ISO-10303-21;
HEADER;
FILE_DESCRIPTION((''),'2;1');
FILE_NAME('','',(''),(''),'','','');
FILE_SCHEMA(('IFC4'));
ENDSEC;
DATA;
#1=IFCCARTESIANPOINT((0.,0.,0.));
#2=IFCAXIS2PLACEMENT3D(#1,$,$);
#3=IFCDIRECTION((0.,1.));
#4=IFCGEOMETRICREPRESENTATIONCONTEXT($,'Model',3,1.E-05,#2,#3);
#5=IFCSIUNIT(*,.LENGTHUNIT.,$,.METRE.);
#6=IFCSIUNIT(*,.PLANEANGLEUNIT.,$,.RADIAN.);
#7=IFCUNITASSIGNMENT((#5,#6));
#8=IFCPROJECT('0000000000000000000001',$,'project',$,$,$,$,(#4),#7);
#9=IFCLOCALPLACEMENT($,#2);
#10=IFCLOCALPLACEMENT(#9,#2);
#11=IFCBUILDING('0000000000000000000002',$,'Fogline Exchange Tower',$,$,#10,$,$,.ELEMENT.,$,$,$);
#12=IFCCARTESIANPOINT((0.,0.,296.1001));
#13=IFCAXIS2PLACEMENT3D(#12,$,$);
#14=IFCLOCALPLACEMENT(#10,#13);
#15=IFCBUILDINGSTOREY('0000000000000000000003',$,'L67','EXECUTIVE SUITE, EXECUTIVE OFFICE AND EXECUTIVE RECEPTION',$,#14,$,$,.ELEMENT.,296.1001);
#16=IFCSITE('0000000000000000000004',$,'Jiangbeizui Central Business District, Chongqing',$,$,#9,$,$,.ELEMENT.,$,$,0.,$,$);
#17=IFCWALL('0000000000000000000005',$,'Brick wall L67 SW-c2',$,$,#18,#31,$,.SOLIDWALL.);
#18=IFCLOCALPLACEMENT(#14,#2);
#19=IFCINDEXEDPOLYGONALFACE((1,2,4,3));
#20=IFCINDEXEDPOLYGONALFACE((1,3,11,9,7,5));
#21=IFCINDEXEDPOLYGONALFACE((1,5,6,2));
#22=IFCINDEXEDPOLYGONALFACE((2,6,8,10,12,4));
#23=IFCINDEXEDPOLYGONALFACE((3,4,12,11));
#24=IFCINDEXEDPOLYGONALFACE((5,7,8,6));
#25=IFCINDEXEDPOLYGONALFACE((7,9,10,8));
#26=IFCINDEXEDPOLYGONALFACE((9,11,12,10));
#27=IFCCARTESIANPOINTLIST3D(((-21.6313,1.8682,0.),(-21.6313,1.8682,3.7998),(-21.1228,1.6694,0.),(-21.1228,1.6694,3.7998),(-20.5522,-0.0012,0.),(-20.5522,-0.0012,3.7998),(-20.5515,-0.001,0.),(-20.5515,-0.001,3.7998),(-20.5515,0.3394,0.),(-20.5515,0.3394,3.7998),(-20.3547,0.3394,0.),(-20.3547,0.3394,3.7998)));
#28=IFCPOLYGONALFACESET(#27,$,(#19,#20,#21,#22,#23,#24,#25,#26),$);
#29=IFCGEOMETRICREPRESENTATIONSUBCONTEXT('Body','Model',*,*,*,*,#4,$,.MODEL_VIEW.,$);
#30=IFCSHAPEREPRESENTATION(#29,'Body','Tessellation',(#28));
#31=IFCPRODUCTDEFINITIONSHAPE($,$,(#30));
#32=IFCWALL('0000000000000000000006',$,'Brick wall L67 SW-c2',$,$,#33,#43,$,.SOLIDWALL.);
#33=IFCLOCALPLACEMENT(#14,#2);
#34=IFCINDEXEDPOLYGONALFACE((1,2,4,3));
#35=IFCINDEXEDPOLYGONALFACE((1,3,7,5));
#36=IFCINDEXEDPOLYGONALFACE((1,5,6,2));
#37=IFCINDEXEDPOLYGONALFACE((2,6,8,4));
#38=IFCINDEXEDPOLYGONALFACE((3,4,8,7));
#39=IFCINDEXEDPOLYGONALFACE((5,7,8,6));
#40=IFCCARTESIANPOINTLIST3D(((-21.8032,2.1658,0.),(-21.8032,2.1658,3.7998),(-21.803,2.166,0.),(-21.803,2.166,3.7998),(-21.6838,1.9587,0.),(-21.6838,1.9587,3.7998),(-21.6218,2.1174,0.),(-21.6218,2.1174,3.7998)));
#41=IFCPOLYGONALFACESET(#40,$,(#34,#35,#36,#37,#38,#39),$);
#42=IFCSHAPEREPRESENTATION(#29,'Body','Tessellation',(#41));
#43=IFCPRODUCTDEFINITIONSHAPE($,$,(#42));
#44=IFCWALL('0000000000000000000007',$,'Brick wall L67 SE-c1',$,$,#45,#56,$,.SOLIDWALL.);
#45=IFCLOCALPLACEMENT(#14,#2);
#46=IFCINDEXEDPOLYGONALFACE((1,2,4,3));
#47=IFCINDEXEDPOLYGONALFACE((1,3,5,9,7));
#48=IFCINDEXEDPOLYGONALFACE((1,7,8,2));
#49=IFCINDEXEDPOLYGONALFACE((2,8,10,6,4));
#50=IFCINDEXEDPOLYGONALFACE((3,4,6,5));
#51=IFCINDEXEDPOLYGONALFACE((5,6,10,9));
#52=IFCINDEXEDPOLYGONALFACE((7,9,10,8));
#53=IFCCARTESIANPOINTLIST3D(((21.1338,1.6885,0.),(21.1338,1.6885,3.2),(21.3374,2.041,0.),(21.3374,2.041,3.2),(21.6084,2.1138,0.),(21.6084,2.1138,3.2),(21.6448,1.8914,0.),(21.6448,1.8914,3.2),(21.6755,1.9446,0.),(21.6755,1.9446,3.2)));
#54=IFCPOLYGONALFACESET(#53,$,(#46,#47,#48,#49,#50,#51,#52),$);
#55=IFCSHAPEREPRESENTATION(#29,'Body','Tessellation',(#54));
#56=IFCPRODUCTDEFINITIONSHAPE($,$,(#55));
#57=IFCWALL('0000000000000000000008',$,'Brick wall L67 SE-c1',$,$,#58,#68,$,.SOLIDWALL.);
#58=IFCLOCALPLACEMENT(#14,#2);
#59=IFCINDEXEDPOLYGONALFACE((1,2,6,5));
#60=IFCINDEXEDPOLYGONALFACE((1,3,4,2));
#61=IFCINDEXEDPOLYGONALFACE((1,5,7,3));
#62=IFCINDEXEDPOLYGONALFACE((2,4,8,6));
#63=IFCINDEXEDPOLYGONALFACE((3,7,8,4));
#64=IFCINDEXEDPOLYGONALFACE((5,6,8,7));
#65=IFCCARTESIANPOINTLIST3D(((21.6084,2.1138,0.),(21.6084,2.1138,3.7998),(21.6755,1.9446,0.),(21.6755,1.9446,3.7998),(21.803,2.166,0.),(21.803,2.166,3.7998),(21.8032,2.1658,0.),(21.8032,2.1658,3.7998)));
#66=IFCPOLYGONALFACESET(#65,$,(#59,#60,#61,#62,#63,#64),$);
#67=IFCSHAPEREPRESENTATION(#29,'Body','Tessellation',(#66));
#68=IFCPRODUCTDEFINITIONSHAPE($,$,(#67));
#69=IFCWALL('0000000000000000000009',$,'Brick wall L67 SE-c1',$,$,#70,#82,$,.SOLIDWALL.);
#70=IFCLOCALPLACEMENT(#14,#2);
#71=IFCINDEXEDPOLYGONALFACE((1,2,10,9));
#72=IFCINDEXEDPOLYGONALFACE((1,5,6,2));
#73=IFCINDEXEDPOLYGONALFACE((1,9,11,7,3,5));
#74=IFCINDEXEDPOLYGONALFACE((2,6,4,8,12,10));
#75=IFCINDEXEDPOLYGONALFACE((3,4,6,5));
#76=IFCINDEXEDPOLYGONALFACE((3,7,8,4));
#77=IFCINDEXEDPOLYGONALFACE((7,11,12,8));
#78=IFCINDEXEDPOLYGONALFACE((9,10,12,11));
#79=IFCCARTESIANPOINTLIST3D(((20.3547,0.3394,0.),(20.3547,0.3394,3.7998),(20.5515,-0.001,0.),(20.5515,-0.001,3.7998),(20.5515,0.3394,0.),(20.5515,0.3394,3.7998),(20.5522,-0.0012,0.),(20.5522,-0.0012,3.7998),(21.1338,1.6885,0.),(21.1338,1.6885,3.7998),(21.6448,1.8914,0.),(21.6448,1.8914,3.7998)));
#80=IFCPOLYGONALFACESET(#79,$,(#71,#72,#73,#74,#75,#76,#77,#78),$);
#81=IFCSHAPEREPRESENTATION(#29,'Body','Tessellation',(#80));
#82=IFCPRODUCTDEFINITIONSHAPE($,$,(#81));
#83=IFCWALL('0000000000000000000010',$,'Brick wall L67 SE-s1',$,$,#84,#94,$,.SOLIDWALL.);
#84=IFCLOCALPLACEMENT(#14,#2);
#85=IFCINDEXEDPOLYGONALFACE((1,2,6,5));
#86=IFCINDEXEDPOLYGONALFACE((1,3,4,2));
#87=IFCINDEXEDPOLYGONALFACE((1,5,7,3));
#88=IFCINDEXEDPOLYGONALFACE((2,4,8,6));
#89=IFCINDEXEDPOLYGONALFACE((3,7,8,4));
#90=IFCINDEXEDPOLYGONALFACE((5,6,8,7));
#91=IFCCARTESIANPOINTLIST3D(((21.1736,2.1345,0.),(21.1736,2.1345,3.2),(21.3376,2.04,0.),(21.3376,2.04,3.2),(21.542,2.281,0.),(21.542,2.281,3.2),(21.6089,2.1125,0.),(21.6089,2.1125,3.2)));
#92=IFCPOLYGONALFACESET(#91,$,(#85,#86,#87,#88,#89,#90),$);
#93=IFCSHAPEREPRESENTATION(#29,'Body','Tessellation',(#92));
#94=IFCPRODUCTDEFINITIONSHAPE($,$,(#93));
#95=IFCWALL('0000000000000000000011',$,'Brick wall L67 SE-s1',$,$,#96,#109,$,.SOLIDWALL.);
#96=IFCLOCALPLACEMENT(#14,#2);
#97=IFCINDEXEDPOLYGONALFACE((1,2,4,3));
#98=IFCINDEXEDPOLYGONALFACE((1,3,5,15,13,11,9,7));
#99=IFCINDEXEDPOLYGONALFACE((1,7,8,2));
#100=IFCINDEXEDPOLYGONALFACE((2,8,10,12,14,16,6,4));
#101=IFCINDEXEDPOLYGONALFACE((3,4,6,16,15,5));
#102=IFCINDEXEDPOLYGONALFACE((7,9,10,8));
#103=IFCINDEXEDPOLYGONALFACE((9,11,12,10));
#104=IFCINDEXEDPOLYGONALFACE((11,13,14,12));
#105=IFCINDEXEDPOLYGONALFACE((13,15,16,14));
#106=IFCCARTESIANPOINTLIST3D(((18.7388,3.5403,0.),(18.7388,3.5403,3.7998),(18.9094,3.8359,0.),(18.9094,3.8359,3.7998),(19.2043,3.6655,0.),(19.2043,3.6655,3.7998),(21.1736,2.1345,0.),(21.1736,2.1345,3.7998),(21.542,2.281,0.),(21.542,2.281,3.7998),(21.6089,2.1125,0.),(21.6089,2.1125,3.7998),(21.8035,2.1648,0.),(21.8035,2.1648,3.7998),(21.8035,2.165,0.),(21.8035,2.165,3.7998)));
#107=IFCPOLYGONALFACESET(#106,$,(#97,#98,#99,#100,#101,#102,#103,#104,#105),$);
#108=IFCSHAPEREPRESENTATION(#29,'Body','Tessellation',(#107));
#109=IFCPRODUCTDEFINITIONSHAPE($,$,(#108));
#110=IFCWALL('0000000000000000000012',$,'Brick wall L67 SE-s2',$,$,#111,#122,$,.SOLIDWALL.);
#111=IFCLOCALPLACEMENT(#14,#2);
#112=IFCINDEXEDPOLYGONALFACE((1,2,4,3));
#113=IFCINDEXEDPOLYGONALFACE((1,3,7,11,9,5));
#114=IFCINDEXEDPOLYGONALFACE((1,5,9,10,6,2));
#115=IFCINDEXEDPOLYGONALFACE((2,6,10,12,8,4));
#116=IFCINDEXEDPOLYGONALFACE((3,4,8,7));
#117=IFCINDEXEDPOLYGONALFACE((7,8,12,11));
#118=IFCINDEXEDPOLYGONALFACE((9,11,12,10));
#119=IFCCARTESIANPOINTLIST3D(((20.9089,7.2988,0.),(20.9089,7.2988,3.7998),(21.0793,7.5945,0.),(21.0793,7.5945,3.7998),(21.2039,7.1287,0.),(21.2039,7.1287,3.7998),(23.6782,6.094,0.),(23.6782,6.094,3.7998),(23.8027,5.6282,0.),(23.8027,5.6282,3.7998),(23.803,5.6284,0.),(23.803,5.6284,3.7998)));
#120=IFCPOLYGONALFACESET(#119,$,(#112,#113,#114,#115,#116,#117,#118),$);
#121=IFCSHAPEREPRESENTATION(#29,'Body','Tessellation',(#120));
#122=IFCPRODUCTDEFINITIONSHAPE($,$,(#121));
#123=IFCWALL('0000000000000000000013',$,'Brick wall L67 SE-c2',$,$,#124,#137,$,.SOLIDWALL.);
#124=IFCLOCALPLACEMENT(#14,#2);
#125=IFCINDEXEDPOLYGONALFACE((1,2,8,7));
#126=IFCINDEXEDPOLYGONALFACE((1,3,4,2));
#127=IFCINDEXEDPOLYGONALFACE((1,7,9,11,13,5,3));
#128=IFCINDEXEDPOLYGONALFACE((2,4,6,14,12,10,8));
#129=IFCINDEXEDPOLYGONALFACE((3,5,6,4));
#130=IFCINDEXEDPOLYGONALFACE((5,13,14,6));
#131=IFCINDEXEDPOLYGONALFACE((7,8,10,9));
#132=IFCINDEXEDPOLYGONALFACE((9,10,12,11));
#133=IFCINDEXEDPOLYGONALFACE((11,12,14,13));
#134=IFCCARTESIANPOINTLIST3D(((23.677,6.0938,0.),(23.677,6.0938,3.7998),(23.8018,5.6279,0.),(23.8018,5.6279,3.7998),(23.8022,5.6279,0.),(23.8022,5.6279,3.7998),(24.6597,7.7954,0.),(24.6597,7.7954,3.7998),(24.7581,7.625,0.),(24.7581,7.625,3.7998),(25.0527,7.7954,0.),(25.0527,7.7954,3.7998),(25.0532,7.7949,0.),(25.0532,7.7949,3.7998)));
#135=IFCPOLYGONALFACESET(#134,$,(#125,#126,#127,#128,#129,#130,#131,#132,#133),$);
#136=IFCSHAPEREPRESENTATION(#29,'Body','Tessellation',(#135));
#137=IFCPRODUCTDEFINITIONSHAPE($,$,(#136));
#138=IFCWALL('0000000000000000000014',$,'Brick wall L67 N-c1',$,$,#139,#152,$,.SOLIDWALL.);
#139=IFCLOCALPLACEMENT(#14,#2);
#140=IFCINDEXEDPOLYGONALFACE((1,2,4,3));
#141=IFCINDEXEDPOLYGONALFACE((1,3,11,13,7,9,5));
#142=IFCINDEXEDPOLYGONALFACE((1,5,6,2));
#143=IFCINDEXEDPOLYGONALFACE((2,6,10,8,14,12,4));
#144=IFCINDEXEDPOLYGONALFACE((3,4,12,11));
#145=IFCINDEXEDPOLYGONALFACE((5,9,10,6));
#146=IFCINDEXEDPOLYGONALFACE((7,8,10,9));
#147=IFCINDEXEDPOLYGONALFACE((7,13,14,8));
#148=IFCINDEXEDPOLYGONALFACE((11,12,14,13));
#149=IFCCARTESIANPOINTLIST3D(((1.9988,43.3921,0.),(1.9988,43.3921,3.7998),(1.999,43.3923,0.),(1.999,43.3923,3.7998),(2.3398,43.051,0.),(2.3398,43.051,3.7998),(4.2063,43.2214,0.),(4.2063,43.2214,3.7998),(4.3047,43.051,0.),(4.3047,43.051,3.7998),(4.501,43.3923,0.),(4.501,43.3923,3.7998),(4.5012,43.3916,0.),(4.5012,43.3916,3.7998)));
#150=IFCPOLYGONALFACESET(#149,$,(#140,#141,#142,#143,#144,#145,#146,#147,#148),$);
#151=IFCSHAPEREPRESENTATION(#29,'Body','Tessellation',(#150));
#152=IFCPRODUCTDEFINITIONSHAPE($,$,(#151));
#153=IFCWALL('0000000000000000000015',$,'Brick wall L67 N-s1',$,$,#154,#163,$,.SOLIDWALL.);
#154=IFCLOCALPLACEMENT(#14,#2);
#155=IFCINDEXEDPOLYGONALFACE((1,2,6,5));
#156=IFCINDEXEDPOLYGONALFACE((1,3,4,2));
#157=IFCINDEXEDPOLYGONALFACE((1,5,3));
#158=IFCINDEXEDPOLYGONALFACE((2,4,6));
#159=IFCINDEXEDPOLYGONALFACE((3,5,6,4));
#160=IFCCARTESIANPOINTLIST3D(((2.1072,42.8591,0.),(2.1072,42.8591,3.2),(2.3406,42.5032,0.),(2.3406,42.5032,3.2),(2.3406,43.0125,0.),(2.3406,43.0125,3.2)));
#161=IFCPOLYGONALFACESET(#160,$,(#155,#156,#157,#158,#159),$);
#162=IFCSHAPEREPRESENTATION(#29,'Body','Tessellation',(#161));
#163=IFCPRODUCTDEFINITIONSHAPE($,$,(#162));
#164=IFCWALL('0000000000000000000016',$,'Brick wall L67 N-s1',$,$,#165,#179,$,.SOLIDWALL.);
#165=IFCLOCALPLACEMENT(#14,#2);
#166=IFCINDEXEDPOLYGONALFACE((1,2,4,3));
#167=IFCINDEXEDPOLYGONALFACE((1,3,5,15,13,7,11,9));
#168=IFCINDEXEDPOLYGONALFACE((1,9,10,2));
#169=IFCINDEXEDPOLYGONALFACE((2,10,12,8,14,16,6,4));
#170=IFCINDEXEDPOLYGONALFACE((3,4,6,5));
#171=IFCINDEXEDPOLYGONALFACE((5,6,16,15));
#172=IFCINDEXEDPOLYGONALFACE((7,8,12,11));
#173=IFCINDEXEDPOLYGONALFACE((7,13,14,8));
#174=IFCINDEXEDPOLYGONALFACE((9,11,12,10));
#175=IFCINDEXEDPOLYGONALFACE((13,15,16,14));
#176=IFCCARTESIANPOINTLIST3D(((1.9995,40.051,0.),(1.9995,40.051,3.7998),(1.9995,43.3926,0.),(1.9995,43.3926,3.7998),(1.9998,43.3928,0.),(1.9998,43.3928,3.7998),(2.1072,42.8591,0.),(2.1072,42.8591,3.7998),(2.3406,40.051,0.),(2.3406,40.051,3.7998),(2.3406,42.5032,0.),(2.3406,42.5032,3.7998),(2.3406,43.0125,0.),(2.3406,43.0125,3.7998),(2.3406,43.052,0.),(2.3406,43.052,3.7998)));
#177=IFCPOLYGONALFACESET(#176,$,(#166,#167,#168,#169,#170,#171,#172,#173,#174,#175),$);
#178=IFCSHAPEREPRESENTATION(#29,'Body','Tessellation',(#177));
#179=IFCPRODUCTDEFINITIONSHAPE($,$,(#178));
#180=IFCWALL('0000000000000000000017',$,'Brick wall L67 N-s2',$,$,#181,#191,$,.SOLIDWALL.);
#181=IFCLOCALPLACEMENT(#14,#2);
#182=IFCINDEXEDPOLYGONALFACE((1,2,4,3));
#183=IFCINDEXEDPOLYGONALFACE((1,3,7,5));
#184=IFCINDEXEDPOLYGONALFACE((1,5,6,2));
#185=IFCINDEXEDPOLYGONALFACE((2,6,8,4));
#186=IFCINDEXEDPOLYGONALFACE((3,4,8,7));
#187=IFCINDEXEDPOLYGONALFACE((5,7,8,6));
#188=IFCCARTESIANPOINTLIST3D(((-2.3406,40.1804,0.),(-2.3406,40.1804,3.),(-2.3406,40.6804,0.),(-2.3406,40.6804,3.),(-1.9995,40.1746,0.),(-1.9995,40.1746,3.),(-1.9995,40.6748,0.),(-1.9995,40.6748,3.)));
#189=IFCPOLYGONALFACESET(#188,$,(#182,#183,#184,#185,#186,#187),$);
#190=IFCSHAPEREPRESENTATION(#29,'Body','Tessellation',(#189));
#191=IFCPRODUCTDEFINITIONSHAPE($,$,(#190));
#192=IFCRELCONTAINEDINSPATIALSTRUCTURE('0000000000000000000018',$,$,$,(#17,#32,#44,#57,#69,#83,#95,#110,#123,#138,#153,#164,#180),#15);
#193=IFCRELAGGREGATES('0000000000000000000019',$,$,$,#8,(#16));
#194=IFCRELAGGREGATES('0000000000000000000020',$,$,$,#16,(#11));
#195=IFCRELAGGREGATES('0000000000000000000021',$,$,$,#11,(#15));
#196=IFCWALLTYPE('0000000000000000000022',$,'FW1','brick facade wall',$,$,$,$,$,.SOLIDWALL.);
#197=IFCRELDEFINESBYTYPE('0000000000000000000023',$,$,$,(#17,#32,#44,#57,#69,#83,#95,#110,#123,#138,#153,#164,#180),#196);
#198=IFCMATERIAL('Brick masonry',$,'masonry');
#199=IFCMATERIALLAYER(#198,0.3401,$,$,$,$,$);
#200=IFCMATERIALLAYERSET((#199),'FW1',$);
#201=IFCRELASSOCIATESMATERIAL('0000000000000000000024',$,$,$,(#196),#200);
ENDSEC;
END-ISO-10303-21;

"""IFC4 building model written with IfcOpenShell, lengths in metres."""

from ifc_helpers import new_model, si_unit, direction, frame, origin, place, context, subcontext, project, spatial, polyline, outline, extrude, material, layer, layer_set, type_object, element, save


model = new_model("IFC4")

# Units and contexts
model_context = context("Model", 3, precision=1e-05, world=origin(), true_north=direction((0.0, 1.0)))
body_context = subcontext(model_context, "Body", "Model", "MODEL_VIEW")
ifc_project = project(units=[si_unit("LENGTHUNIT", "METRE"), si_unit("PLANEANGLEUNIT", "RADIAN")], contexts=[model_context])

# Site, building, storey
site_placement = place(None, origin())
site = spatial("IfcSite", under=ifc_project, at=site_placement, Name="Jiangbeizui Central Business District, Chongqing", CompositionType="ELEMENT", RefElevation=0.0)
building_placement = place(site_placement, origin())
building = spatial("IfcBuilding", under=site, at=building_placement, Name="Fogline Exchange Tower", CompositionType="ELEMENT")
storey_placement = place(building_placement, frame((0.0, 0.0, 296.1001)))
storey = spatial("IfcBuildingStorey", under=building, at=storey_placement, Name="L67", Description="EXECUTIVE SUITE, EXECUTIVE OFFICE AND EXECUTIVE RECEPTION", CompositionType="ELEMENT", Elevation=296.1001)

# Walls
ifc_material_1 = material(Name="Brick masonry", Category="masonry")
ifc_layer_1 = layer(ifc_material_1, 0.3401)
ifc_layer_set_1 = layer_set([ifc_layer_1], Name="FW1")
wall_type_1 = type_object("IfcWallType", Name="FW1", Description="brick facade wall", PredefinedType="SOLIDWALL", material=ifc_layer_set_1)
wall_1_placement = place(storey_placement, origin())
element("IfcWall", 1, at=wall_1_placement, inside=storey, type_object=wall_type_1, Name="Brick wall L67 SW-c2", PredefinedType="SOLIDWALL", context=body_context, shape_type="SweptSolid", body=[
    extrude(outline(polyline([(-20.5515, 0.3394), (-20.5515, -0.001), (-20.5522, -0.0012), (-21.6313, 1.8682), (-21.1228, 1.6694), (-20.3547, 0.3394), (-20.5515, 0.3394)])), origin(), (0.0, 0.0, 1.0), 3.7998),
])
wall_2_placement = place(storey_placement, origin())
element("IfcWall", 2, at=wall_2_placement, inside=storey, type_object=wall_type_1, Name="Brick wall L67 SW-c2", PredefinedType="SOLIDWALL", context=body_context, shape_type="SweptSolid", body=[
    extrude(outline(polyline([(-21.8032, 2.1658), (-21.803, 2.166), (-21.6218, 2.1174), (-21.6838, 1.9587), (-21.8032, 2.1658)])), origin(), (0.0, 0.0, 1.0), 3.7998),
])
wall_3_placement = place(storey_placement, origin())
element("IfcWall", 3, at=wall_3_placement, inside=storey, type_object=wall_type_1, Name="Brick wall L67 SE-c1", PredefinedType="SOLIDWALL", context=body_context, shape_type="SweptSolid", body=[
    extrude(outline(polyline([(21.6448, 1.8914), (21.1338, 1.6885), (21.3374, 2.041), (21.6084, 2.1138), (21.6755, 1.9446), (21.6448, 1.8914)])), origin(), (0.0, 0.0, 1.0), 3.2),
])
wall_4_placement = place(storey_placement, origin())
element("IfcWall", 4, at=wall_4_placement, inside=storey, type_object=wall_type_1, Name="Brick wall L67 SE-c1", PredefinedType="SOLIDWALL", context=body_context, shape_type="SweptSolid", body=[
    extrude(outline(polyline([(21.6755, 1.9446), (21.6084, 2.1138), (21.803, 2.166), (21.8032, 2.1658), (21.6755, 1.9446)])), origin(), (0.0, 0.0, 1.0), 3.7998),
])
wall_5_placement = place(storey_placement, origin())
element("IfcWall", 5, at=wall_5_placement, inside=storey, type_object=wall_type_1, Name="Brick wall L67 SE-c1", PredefinedType="SOLIDWALL", context=body_context, shape_type="SweptSolid", body=[
    extrude(outline(polyline([(20.5522, -0.0012), (20.5515, -0.001), (20.5515, 0.3394), (20.3547, 0.3394), (21.1338, 1.6885), (21.6448, 1.8914), (20.5522, -0.0012)])), origin(), (0.0, 0.0, 1.0), 3.7998),
])
wall_6_placement = place(storey_placement, origin())
element("IfcWall", 6, at=wall_6_placement, inside=storey, type_object=wall_type_1, Name="Brick wall L67 SE-s1", PredefinedType="SOLIDWALL", context=body_context, shape_type="SweptSolid", body=[
    extrude(outline(polyline([(21.3376, 2.04), (21.1736, 2.1345), (21.542, 2.281), (21.6089, 2.1125), (21.3376, 2.04)])), origin(), (0.0, 0.0, 1.0), 3.2),
])
wall_7_placement = place(storey_placement, origin())
element("IfcWall", 7, at=wall_7_placement, inside=storey, type_object=wall_type_1, Name="Brick wall L67 SE-s1", PredefinedType="SOLIDWALL", context=body_context, shape_type="SweptSolid", body=[
    extrude(outline(polyline([(18.9094, 3.8359), (19.2043, 3.6655), (21.8035, 2.165), (21.8035, 2.1648), (21.6089, 2.1125), (21.542, 2.281), (21.1736, 2.1345), (18.7388, 3.5403), (18.9094, 3.8359)])), origin(), (0.0, 0.0, 1.0), 3.7998),
])
wall_8_placement = place(storey_placement, origin())
element("IfcWall", 8, at=wall_8_placement, inside=storey, type_object=wall_type_1, Name="Brick wall L67 SE-s2", PredefinedType="SOLIDWALL", context=body_context, shape_type="SweptSolid", body=[
    extrude(outline(polyline([(23.8027, 5.6282), (21.2039, 7.1287), (20.9089, 7.2988), (21.0793, 7.5945), (23.6782, 6.094), (23.803, 5.6284), (23.8027, 5.6282)])), origin(), (0.0, 0.0, 1.0), 3.7998),
])
wall_9_placement = place(storey_placement, origin())
element("IfcWall", 9, at=wall_9_placement, inside=storey, type_object=wall_type_1, Name="Brick wall L67 SE-c2", PredefinedType="SOLIDWALL", context=body_context, shape_type="SweptSolid", body=[
    extrude(outline(polyline([(24.6597, 7.7954), (24.7581, 7.625), (25.0527, 7.7954), (25.0532, 7.7949), (23.8022, 5.6279), (23.8018, 5.6279), (23.677, 6.0938), (24.6597, 7.7954)])), origin(), (0.0, 0.0, 1.0), 3.7998),
])
wall_10_placement = place(storey_placement, origin())
element("IfcWall", 10, at=wall_10_placement, inside=storey, type_object=wall_type_1, Name="Brick wall L67 N-c1", PredefinedType="SOLIDWALL", context=body_context, shape_type="SweptSolid", body=[
    extrude(outline(polyline([(1.999, 43.3923), (4.501, 43.3923), (4.5012, 43.3916), (4.2063, 43.2214), (4.3047, 43.051), (2.3398, 43.051), (1.9988, 43.3921), (1.999, 43.3923)])), origin(), (0.0, 0.0, 1.0), 3.7998),
])
wall_11_placement = place(storey_placement, origin())
element("IfcWall", 11, at=wall_11_placement, inside=storey, type_object=wall_type_1, Name="Brick wall L67 N-s1", PredefinedType="SOLIDWALL", context=body_context, shape_type="SweptSolid", body=[
    extrude(outline(polyline([(2.3406, 42.5032), (2.1072, 42.8591), (2.3406, 43.0125), (2.3406, 42.5032)])), origin(), (0.0, 0.0, 1.0), 3.2),
])
wall_12_placement = place(storey_placement, origin())
element("IfcWall", 12, at=wall_12_placement, inside=storey, type_object=wall_type_1, Name="Brick wall L67 N-s1", PredefinedType="SOLIDWALL", context=body_context, shape_type="SweptSolid", body=[
    extrude(outline(polyline([(1.9995, 40.051), (1.9995, 43.3926), (1.9998, 43.3928), (2.3406, 43.052), (2.3406, 43.0125), (2.1072, 42.8591), (2.3406, 42.5032), (2.3406, 40.051), (1.9995, 40.051)])), origin(), (0.0, 0.0, 1.0), 3.7998),
])
wall_13_placement = place(storey_placement, origin())
element("IfcWall", 13, at=wall_13_placement, inside=storey, type_object=wall_type_1, Name="Brick wall L67 N-s2", PredefinedType="SOLIDWALL", context=body_context, shape_type="SweptSolid", body=[
    extrude(outline(polyline([(-1.9995, 40.1746), (-2.3406, 40.1804), (-2.3406, 40.6804), (-1.9995, 40.6748), (-1.9995, 40.1746)])), origin(), (0.0, 0.0, 1.0), 3.0),
])

save(model, "model.ifc")
